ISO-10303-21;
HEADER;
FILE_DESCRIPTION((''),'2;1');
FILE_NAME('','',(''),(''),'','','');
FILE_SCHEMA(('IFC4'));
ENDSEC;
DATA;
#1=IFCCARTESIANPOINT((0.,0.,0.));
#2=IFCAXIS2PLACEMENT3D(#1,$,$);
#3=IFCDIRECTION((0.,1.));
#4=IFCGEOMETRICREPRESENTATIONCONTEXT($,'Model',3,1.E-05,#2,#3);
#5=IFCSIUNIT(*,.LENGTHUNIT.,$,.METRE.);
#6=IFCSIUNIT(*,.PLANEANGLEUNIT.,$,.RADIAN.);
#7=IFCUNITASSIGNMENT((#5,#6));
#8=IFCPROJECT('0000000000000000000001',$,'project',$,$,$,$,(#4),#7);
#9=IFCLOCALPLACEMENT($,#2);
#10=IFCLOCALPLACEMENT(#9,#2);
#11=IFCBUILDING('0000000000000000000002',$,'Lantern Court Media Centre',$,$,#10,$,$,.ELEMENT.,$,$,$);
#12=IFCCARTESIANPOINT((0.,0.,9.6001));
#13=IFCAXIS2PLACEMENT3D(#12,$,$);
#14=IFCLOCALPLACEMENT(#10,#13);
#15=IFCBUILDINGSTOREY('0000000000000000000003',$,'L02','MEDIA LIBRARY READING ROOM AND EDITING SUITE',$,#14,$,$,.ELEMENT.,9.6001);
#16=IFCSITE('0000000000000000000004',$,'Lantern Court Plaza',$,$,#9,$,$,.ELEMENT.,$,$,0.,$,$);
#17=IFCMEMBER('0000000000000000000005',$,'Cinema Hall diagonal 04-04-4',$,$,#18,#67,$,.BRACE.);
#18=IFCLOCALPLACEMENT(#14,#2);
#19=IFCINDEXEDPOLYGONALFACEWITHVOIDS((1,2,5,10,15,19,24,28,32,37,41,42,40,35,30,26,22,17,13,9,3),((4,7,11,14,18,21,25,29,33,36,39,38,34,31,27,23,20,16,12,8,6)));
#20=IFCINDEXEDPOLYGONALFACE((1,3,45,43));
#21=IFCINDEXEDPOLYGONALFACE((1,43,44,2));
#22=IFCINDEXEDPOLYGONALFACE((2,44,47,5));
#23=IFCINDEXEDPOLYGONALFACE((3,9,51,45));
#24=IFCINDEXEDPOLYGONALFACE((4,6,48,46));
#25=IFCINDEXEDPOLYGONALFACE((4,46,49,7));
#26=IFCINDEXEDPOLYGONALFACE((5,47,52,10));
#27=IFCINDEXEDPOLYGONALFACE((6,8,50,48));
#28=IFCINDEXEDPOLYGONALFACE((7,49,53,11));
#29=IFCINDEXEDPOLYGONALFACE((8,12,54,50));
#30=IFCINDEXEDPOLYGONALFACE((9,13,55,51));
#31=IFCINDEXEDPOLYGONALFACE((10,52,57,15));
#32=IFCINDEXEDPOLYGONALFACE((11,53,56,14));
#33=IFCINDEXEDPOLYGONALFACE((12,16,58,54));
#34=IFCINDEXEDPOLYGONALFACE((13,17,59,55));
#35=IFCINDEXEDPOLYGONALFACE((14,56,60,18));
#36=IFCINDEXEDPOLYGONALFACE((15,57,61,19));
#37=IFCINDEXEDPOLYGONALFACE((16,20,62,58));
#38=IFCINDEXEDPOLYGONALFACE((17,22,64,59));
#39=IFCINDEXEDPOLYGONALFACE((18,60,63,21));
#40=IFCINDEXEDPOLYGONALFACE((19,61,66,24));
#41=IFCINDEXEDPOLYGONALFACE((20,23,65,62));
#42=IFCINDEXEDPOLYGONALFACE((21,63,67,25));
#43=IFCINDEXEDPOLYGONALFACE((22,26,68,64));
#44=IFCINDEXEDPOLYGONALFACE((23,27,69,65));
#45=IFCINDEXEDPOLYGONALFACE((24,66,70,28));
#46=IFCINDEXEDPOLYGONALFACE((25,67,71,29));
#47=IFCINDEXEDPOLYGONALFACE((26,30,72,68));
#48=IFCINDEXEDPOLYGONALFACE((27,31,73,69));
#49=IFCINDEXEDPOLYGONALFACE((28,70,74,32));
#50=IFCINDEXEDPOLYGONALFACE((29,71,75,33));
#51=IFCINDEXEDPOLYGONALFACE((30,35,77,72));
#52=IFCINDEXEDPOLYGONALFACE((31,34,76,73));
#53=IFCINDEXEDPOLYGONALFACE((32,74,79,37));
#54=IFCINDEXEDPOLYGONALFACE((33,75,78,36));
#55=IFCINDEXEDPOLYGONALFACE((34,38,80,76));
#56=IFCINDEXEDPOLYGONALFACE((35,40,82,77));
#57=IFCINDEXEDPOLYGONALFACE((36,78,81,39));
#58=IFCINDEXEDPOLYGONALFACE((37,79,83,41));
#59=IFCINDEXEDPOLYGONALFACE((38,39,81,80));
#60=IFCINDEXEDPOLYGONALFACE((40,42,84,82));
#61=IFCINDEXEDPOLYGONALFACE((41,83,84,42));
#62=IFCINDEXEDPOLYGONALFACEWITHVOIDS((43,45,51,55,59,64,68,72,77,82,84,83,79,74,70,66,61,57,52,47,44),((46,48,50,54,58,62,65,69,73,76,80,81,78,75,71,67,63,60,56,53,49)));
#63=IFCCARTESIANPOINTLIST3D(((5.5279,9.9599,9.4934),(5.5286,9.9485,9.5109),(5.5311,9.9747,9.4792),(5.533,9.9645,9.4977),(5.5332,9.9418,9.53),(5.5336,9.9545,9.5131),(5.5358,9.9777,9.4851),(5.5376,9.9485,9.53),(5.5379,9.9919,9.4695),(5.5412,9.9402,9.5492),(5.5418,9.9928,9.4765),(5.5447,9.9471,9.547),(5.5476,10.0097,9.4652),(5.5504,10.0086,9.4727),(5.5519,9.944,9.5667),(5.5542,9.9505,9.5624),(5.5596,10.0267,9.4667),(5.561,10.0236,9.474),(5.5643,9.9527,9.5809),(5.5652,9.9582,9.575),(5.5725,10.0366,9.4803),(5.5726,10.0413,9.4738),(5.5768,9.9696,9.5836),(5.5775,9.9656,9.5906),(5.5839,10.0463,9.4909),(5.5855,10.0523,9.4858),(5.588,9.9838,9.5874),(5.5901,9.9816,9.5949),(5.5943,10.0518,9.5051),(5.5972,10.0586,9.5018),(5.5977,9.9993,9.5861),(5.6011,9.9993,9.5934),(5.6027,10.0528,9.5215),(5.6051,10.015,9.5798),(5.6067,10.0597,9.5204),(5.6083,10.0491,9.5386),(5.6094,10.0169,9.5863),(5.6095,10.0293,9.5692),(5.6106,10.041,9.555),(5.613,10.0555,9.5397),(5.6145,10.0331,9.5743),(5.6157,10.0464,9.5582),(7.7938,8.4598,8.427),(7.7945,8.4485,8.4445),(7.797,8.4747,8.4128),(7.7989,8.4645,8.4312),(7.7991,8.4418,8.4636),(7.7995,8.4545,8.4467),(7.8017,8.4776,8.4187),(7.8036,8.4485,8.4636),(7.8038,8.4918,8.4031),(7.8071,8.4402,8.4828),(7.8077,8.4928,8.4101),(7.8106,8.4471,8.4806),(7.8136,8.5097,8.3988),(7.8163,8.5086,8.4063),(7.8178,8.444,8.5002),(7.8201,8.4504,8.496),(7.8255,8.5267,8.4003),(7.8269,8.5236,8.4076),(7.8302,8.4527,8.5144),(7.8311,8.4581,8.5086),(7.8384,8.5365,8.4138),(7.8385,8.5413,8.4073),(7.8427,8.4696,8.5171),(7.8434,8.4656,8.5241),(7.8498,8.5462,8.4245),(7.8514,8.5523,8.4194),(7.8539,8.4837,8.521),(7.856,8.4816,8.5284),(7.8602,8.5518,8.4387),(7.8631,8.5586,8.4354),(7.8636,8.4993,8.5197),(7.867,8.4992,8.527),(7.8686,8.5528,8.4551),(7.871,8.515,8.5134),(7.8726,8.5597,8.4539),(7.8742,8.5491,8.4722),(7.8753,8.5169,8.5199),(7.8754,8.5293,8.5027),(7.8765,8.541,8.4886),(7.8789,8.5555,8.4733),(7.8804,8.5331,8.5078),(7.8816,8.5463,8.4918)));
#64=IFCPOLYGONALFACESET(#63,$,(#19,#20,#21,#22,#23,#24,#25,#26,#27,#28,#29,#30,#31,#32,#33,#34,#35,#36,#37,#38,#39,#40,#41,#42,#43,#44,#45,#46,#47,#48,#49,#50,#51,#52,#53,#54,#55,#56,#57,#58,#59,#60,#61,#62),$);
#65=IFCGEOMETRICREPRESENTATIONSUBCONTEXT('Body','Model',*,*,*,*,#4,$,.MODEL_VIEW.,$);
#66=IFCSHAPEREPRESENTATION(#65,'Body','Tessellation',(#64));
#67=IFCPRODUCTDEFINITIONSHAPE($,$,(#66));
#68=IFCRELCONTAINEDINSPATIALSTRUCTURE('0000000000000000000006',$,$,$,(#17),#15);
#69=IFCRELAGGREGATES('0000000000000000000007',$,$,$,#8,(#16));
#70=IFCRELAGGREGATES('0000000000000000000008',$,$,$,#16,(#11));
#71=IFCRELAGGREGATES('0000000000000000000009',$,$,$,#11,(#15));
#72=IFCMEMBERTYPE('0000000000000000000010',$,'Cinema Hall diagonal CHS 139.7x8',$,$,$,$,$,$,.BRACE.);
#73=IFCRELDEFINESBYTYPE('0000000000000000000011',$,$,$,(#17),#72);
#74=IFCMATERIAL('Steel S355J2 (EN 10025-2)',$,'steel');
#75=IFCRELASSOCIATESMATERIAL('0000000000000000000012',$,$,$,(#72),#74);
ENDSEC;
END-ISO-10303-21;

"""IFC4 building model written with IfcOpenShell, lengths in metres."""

from ifc_helpers import new_model, si_unit, direction, frame, origin, origin_2d, place, context, subcontext, project, spatial, hollow_circle, extrude, material, material_profile, profile_set, type_object, element, save


model = new_model("IFC4")

# Units and contexts
model_context = context("Model", 3, precision=1e-05, world=origin(), true_north=direction((0.0, 1.0)))
body_context = subcontext(model_context, "Body", "Model", "MODEL_VIEW")
ifc_project = project(units=[si_unit("LENGTHUNIT", "METRE"), si_unit("PLANEANGLEUNIT", "RADIAN")], contexts=[model_context])

# Site, building, storey
site_placement = place(None, origin())
site = spatial("IfcSite", under=ifc_project, at=site_placement, Name="Lantern Court Plaza", CompositionType="ELEMENT", RefElevation=0.0)
building_placement = place(site_placement, origin())
building = spatial("IfcBuilding", under=site, at=building_placement, Name="Lantern Court Media Centre", CompositionType="ELEMENT")
storey_placement = place(building_placement, frame((0.0, 0.0, 9.6001)))
storey = spatial("IfcBuildingStorey", under=building, at=storey_placement, Name="L02", Description="MEDIA LIBRARY READING ROOM AND EDITING SUITE", CompositionType="ELEMENT", Elevation=9.6001)

# Member
ifc_material = material(Name="Steel S355J2 (EN 10025-2)", Category="steel")
ifc_material_profile_1 = material_profile(ifc_material, hollow_circle(Radius=0.0698, WallThickness=0.0081, at=origin_2d()), Name="Cinema Hall diagonal CHS 139.7x8")
ifc_profile_set_1 = profile_set([ifc_material_profile_1], Name="Steel S355J2 (EN 10025-2)")
member_type_1 = type_object("IfcMemberType", Name="Cinema Hall diagonal CHS 139.7x8", PredefinedType="BRACE", material=ifc_profile_set_1)
member_1_placement = place(storey_placement, frame((7.8376, 8.5, 8.4636), z_axis=(-0.776211, 0.51385, 0.365315), x_axis=(-0.552002, -0.833843, 0.0)))
element("IfcMember", 1, at=member_1_placement, inside=storey, type_object=member_type_1, Name="Cinema Hall diagonal 04-04-4", PredefinedType="BRACE", context=body_context, shape_type="SweptSolid", body=[
    extrude(hollow_circle(Radius=0.0698, WallThickness=0.0081, at=origin_2d()), origin(), (0.0, 0.0, 1.0), 2.9192),
])

save(model, "model.ifc")
